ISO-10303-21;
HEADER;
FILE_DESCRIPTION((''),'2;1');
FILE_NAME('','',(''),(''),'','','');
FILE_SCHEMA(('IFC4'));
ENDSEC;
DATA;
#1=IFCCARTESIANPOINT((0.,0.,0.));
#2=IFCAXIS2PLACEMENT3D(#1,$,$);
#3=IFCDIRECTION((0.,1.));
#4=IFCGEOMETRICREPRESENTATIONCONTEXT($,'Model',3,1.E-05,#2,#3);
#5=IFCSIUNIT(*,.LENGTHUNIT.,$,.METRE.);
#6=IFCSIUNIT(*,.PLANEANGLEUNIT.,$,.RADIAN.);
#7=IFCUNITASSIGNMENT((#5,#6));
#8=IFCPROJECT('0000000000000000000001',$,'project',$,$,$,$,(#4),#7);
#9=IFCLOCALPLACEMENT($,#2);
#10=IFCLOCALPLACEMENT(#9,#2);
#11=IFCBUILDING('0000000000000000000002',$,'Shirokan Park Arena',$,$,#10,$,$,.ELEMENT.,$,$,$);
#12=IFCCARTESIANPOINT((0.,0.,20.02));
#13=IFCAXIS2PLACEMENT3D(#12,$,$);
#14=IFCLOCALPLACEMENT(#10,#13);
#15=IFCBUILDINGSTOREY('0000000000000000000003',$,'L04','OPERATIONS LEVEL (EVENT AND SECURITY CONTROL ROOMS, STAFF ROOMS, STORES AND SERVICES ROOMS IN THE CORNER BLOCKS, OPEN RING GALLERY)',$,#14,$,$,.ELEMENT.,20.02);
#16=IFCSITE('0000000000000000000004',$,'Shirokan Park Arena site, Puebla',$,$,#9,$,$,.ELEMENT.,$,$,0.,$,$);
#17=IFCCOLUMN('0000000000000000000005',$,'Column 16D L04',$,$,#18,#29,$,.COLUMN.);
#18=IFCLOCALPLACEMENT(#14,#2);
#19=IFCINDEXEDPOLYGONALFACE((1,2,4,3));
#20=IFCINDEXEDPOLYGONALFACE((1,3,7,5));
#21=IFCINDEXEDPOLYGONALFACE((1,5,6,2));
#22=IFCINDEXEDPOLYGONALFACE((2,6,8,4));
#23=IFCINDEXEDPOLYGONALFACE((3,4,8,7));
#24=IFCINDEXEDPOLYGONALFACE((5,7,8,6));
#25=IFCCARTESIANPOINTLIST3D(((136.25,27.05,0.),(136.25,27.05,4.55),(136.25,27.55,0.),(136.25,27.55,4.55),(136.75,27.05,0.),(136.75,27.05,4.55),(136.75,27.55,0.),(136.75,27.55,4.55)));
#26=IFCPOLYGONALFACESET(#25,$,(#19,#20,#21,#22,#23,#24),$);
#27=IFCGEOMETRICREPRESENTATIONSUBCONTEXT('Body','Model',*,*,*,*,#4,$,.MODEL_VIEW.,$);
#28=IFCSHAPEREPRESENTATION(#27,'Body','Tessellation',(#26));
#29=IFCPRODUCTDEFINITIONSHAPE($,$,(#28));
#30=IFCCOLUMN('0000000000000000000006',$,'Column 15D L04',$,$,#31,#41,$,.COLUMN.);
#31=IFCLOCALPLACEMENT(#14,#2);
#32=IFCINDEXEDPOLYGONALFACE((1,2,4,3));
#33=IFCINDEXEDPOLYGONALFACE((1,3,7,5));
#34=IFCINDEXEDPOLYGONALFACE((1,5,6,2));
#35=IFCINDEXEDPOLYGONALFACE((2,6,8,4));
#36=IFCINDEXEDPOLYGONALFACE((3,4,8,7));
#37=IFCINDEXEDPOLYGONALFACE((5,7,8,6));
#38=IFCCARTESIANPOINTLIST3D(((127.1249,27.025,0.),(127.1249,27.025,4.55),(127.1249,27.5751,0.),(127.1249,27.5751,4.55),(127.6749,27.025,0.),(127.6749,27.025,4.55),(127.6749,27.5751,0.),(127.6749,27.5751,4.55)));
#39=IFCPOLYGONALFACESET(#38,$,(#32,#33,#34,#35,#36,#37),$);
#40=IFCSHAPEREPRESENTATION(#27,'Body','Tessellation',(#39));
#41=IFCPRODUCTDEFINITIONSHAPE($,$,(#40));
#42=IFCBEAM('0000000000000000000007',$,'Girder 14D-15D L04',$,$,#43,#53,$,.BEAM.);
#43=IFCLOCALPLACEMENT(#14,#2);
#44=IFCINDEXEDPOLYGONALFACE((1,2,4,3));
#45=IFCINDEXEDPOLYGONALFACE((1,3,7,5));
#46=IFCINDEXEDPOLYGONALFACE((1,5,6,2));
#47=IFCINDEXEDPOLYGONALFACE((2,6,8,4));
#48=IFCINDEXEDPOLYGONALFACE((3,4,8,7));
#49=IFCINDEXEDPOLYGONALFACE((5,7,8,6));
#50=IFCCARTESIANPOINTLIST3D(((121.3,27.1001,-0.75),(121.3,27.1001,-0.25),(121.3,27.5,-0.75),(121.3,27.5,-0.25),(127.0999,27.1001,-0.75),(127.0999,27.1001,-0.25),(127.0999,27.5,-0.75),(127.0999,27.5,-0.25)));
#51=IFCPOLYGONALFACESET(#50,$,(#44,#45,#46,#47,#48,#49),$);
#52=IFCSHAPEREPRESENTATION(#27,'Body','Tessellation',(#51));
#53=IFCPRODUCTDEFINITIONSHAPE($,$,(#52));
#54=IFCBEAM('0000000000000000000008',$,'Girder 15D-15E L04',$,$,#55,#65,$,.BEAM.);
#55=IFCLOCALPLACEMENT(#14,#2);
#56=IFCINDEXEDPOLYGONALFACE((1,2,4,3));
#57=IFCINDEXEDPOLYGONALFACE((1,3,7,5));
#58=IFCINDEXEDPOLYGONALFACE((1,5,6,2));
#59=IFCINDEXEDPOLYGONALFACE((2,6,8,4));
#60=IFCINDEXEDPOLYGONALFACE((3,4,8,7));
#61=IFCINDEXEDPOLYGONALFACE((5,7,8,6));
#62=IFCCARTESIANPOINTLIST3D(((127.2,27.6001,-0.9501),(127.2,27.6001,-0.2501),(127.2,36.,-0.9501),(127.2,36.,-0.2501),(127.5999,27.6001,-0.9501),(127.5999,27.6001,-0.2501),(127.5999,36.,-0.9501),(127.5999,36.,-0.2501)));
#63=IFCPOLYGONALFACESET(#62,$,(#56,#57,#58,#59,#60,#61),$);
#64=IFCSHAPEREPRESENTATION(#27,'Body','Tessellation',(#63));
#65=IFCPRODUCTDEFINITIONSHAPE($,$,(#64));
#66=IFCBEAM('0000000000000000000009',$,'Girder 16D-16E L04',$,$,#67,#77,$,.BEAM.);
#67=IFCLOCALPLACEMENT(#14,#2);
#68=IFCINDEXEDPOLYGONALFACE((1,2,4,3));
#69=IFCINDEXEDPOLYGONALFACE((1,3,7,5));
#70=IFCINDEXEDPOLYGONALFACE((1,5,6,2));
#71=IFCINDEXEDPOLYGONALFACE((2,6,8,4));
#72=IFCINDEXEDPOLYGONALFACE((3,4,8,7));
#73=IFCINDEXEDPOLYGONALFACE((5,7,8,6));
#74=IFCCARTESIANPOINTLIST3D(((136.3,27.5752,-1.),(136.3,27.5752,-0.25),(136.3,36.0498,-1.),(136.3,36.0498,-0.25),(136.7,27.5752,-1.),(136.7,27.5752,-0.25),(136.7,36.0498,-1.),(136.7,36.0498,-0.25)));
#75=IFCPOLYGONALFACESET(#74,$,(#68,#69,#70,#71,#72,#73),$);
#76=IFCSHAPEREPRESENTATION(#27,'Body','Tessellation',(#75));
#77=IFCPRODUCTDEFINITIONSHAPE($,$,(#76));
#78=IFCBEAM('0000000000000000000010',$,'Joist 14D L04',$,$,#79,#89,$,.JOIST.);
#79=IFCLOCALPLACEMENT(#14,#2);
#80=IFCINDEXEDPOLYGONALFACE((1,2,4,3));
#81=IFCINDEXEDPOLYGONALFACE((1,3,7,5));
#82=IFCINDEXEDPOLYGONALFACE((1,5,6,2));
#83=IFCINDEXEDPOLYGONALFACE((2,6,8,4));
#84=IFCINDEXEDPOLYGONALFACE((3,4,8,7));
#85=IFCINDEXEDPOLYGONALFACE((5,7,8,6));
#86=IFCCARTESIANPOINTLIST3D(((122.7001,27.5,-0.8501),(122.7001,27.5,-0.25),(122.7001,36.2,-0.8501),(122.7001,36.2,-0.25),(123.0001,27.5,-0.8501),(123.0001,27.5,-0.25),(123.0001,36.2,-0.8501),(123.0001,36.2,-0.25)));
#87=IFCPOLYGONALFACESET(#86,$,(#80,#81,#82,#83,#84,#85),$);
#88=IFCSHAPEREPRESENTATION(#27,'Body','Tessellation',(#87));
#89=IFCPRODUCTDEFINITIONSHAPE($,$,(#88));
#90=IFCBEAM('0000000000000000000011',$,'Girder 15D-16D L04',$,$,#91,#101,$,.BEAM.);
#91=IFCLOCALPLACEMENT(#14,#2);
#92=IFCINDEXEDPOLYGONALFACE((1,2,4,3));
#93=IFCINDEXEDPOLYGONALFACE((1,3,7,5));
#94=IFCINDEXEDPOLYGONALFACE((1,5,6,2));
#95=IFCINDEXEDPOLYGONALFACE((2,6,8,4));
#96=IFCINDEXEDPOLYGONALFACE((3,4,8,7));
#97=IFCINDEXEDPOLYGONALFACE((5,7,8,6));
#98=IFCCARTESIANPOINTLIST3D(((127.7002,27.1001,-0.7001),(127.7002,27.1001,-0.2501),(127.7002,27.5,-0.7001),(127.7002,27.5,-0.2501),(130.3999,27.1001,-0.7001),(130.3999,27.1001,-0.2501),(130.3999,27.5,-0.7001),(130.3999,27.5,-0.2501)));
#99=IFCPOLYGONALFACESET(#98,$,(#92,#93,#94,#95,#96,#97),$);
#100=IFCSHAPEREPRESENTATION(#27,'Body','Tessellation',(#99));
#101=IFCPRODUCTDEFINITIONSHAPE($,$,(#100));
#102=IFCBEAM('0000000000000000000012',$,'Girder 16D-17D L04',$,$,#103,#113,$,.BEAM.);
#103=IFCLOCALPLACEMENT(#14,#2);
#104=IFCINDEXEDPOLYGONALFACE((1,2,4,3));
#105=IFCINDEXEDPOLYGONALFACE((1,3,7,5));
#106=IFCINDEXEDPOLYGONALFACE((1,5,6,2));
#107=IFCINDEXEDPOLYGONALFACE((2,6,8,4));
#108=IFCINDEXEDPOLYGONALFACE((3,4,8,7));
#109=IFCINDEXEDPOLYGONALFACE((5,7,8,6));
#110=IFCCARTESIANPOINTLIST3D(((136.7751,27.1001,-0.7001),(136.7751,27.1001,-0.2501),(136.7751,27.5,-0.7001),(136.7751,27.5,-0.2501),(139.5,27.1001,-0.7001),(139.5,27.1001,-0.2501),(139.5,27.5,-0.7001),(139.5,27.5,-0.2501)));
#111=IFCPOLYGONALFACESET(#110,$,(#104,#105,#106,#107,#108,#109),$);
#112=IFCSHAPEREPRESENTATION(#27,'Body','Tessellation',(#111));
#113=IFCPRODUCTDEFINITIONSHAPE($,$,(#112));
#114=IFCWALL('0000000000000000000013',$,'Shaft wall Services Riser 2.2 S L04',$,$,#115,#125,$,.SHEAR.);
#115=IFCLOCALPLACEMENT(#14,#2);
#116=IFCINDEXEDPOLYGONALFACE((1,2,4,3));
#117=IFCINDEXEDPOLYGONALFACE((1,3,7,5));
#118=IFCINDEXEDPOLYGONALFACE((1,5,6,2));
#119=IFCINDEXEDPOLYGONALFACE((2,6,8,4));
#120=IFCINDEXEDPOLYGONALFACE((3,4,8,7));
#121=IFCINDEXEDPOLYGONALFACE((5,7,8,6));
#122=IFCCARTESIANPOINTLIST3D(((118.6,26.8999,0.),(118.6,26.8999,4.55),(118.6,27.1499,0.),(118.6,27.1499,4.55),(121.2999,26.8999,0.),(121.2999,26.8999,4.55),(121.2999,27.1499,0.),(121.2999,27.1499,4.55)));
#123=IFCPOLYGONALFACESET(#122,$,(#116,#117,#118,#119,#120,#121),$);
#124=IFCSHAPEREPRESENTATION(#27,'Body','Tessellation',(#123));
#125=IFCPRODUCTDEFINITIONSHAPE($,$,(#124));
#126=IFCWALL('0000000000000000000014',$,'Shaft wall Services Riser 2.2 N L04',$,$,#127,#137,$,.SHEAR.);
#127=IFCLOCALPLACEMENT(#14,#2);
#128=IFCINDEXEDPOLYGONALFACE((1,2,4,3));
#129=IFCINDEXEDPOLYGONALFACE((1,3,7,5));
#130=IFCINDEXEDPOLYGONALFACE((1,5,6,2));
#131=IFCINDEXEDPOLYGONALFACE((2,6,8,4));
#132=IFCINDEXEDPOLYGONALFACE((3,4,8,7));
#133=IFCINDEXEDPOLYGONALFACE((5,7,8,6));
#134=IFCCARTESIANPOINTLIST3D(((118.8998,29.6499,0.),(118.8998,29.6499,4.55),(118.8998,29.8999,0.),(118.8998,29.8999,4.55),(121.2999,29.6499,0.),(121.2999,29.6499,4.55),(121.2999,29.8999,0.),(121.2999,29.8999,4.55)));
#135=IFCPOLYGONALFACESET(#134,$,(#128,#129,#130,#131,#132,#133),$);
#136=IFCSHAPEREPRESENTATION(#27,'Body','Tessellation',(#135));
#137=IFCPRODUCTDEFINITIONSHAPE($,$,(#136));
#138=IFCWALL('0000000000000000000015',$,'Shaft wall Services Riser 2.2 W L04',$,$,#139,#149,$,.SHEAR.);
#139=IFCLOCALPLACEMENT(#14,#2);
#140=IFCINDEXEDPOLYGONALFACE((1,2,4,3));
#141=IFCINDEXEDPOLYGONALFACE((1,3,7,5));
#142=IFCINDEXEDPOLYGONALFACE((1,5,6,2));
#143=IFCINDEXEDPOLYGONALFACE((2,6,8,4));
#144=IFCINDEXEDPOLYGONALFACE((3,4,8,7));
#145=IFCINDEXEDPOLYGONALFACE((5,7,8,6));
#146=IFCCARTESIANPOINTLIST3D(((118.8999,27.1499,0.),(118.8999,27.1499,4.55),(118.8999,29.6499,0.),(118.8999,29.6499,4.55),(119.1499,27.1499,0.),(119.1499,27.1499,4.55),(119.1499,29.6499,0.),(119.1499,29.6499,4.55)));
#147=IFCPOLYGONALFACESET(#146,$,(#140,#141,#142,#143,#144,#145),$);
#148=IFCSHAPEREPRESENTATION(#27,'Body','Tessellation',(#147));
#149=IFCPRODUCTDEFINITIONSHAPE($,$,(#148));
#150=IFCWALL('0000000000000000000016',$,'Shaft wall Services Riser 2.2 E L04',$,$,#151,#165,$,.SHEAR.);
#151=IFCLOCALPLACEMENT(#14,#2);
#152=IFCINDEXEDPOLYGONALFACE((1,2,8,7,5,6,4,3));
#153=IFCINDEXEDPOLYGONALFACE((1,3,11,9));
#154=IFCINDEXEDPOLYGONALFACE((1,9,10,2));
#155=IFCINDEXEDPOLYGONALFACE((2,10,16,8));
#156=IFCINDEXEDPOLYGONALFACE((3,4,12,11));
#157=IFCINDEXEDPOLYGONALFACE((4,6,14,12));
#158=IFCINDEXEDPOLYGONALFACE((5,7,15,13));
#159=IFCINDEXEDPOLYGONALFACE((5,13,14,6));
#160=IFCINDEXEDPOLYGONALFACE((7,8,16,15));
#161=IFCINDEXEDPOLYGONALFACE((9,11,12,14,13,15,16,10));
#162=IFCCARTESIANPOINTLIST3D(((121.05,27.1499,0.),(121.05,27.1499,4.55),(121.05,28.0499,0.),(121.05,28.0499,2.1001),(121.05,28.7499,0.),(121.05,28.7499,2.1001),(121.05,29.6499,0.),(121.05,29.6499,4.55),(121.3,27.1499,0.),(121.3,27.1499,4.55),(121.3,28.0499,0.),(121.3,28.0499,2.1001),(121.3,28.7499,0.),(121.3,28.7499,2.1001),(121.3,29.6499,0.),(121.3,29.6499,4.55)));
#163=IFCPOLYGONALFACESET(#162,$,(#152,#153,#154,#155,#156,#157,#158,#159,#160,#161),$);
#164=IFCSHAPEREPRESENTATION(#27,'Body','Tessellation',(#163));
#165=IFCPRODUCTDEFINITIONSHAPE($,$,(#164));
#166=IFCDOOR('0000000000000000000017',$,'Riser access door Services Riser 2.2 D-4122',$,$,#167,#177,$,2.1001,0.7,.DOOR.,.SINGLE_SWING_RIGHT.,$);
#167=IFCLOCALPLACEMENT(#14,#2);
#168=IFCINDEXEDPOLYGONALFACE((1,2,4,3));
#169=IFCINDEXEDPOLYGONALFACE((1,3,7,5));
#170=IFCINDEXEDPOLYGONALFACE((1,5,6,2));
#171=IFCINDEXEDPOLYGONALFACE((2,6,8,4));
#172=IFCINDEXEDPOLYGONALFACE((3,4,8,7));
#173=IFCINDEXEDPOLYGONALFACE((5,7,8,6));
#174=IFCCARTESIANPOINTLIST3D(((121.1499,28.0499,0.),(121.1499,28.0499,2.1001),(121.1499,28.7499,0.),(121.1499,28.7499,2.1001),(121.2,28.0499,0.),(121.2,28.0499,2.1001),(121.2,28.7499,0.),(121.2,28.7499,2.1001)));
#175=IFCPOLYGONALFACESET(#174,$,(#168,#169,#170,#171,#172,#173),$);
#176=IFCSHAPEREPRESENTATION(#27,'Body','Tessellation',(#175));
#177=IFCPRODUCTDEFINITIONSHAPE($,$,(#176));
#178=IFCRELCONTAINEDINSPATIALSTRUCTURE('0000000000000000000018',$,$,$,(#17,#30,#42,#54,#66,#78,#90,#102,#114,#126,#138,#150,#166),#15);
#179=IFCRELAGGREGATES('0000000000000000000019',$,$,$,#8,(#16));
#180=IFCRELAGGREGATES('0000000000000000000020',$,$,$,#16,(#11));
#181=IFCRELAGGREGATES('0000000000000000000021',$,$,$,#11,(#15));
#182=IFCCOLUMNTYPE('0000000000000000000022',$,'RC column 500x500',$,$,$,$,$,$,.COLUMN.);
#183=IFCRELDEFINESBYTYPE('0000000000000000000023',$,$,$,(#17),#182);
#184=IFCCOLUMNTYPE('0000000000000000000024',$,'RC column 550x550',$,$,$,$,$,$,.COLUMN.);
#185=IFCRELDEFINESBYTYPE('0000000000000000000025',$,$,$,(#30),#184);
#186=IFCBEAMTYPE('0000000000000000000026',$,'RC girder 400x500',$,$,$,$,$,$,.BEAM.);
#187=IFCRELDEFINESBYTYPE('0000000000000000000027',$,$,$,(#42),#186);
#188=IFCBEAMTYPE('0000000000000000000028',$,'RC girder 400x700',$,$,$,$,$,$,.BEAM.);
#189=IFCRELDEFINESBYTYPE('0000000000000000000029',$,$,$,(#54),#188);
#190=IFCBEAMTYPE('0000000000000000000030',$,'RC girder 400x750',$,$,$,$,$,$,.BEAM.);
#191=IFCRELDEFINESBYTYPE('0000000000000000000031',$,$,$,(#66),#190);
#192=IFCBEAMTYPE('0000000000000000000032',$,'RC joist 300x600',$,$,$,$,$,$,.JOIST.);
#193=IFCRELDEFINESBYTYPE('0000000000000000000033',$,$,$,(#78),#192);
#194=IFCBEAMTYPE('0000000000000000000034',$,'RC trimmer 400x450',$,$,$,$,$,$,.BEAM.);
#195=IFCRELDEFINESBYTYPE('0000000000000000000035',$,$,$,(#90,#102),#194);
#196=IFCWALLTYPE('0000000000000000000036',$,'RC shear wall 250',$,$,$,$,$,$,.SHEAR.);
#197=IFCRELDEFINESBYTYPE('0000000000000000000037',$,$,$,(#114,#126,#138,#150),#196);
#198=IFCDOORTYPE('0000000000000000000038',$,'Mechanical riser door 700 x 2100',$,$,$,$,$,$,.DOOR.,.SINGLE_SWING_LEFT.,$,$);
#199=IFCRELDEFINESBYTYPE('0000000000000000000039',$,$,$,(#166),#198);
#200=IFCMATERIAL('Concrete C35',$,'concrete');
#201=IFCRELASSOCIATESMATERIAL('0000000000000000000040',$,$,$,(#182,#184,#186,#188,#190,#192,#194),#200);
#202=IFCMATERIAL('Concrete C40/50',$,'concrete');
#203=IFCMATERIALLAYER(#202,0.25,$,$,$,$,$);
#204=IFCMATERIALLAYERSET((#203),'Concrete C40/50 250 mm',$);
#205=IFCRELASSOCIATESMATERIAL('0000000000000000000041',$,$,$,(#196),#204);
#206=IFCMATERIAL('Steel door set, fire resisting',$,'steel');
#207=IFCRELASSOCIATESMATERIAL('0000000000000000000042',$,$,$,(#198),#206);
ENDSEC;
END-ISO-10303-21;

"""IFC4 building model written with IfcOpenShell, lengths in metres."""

from ifc_helpers import new_model, si_unit, direction, frame, frame_2d, origin, origin_2d, place, context, subcontext, project, spatial, rectangle, extrude, material, layer, layer_set, material_profile, profile_set, type_object, element, fill, save


model = new_model("IFC4")

# Units and contexts
model_context = context("Model", 3, precision=1e-05, world=origin(), true_north=direction((0.0, 1.0)))
body_context = subcontext(model_context, "Body", "Model", "MODEL_VIEW")
ifc_project = project(units=[si_unit("LENGTHUNIT", "METRE"), si_unit("PLANEANGLEUNIT", "RADIAN")], contexts=[model_context])

# Site, building, storey
site_placement = place(None, origin())
site = spatial("IfcSite", under=ifc_project, at=site_placement, Name="Shirokan Park Arena site, Puebla", CompositionType="ELEMENT", RefElevation=0.0)
building_placement = place(site_placement, origin())
building = spatial("IfcBuilding", under=site, at=building_placement, Name="Shirokan Park Arena", CompositionType="ELEMENT")
storey_placement = place(building_placement, frame((0.0, 0.0, 20.02)))
storey = spatial("IfcBuildingStorey", under=building, at=storey_placement, Name="L04", Description="OPERATIONS LEVEL (EVENT AND SECURITY CONTROL ROOMS, STAFF ROOMS, STORES AND SERVICES ROOMS IN THE CORNER BLOCKS, OPEN RING GALLERY)", CompositionType="ELEMENT", Elevation=20.02)

# Columns
ifc_material_1 = material(Name="Concrete C35", Category="concrete")
ifc_material_profile_1 = material_profile(ifc_material_1, rectangle(XDim=0.5, YDim=0.5, at=origin_2d()), Name="500x500")
ifc_profile_set_1 = profile_set([ifc_material_profile_1], Name="Concrete C35")
column_type_1 = type_object("IfcColumnType", Name="RC column 500x500", PredefinedType="COLUMN", material=ifc_profile_set_1)
column_1_placement = place(storey_placement, frame((136.5, 27.3, 0.0), z_axis=(0.0, 0.0, 1.0), x_axis=(1.0, 0.0, 0.0)))
element("IfcColumn", 1, at=column_1_placement, inside=storey, type_object=column_type_1, Name="Column 16D L04", PredefinedType="COLUMN", context=body_context, shape_type="SweptSolid", body=[
    extrude(rectangle(XDim=0.5, YDim=0.5, at=origin_2d()), origin(), (0.0, 0.0, 1.0), 4.55),
])
ifc_material_profile_2 = material_profile(ifc_material_1, rectangle(XDim=0.55, YDim=0.55, at=origin_2d()), Name="550x550")
ifc_profile_set_2 = profile_set([ifc_material_profile_2], Name="Concrete C35")
column_type_2 = type_object("IfcColumnType", Name="RC column 550x550", PredefinedType="COLUMN", material=ifc_profile_set_2)
column_2_placement = place(storey_placement, frame((127.3999, 27.3, 0.0), z_axis=(0.0, 0.0, 1.0), x_axis=(1.0, 0.0, 0.0)))
element("IfcColumn", 2, at=column_2_placement, inside=storey, type_object=column_type_2, Name="Column 15D L04", PredefinedType="COLUMN", context=body_context, shape_type="SweptSolid", body=[
    extrude(rectangle(XDim=0.55, YDim=0.55, at=origin_2d()), origin(), (0.0, 0.0, 1.0), 4.55),
])

# Beams
ifc_material_profile_3 = material_profile(ifc_material_1, rectangle(XDim=0.3999, YDim=0.5, at=origin_2d()), Name="400x500")
ifc_profile_set_3 = profile_set([ifc_material_profile_3], Name="Concrete C35")
beam_type_1 = type_object("IfcBeamType", Name="RC girder 400x500", PredefinedType="BEAM", material=ifc_profile_set_3)
beam_1_placement = place(storey_placement, frame((121.3, 27.3, -0.5), z_axis=(1.0, 0.0, 0.0), x_axis=(0.0, 1.0, 0.0)))
element("IfcBeam", 3, at=beam_1_placement, inside=storey, type_object=beam_type_1, Name="Girder 14D-15D L04", PredefinedType="BEAM", context=body_context, shape_type="SweptSolid", body=[
    extrude(rectangle(XDim=0.3999, YDim=0.5, at=origin_2d()), origin(), (0.0, 0.0, 1.0), 5.7998),
])
ifc_material_profile_4 = material_profile(ifc_material_1, rectangle(XDim=0.3999, YDim=0.7, at=origin_2d()), Name="400x700")
ifc_profile_set_4 = profile_set([ifc_material_profile_4], Name="Concrete C35")
beam_type_2 = type_object("IfcBeamType", Name="RC girder 400x700", PredefinedType="BEAM", material=ifc_profile_set_4)
beam_2_placement = place(storey_placement, frame((127.3999, 27.6001, -0.6001), z_axis=(0.0, 1.0, 0.0), x_axis=(-1.0, 0.0, 0.0)))
element("IfcBeam", 4, at=beam_2_placement, inside=storey, type_object=beam_type_2, Name="Girder 15D-15E L04", PredefinedType="BEAM", context=body_context, shape_type="SweptSolid", body=[
    extrude(rectangle(XDim=0.3999, YDim=0.7, at=origin_2d()), origin(), (0.0, 0.0, 1.0), 8.3999),
])
ifc_material_profile_5 = material_profile(ifc_material_1, rectangle(XDim=0.3999, YDim=0.75, at=origin_2d()), Name="400x750")
ifc_profile_set_5 = profile_set([ifc_material_profile_5], Name="Concrete C35")
beam_type_3 = type_object("IfcBeamType", Name="RC girder 400x750", PredefinedType="BEAM", material=ifc_profile_set_5)
beam_3_placement = place(storey_placement, frame((136.5, 27.5752, -0.625), z_axis=(0.0, 1.0, 0.0), x_axis=(-1.0, 0.0, 0.0)))
element("IfcBeam", 5, at=beam_3_placement, inside=storey, type_object=beam_type_3, Name="Girder 16D-16E L04", PredefinedType="BEAM", context=body_context, shape_type="SweptSolid", body=[
    extrude(rectangle(XDim=0.3999, YDim=0.75, at=origin_2d()), origin(), (0.0, 0.0, 1.0), 8.4746),
])
ifc_material_profile_6 = material_profile(ifc_material_1, rectangle(XDim=0.3, YDim=0.6001, at=origin_2d()), Name="300x600")
ifc_profile_set_6 = profile_set([ifc_material_profile_6], Name="Concrete C35")
beam_type_4 = type_object("IfcBeamType", Name="RC joist 300x600", PredefinedType="JOIST", material=ifc_profile_set_6)
beam_4_placement = place(storey_placement, frame((122.8501, 27.5, -0.55), z_axis=(0.0, 1.0, 0.0), x_axis=(-1.0, 0.0, 0.0)))
element("IfcBeam", 6, at=beam_4_placement, inside=storey, type_object=beam_type_4, Name="Joist 14D L04", PredefinedType="JOIST", context=body_context, shape_type="SweptSolid", body=[
    extrude(rectangle(XDim=0.3, YDim=0.6001, at=origin_2d()), origin(), (0.0, 0.0, 1.0), 8.7),
])
ifc_material_profile_7 = material_profile(ifc_material_1, rectangle(XDim=0.3999, YDim=0.45, at=origin_2d()), Name="400x450")
ifc_profile_set_7 = profile_set([ifc_material_profile_7], Name="Concrete C35")
beam_type_5 = type_object("IfcBeamType", Name="RC trimmer 400x450", PredefinedType="BEAM", material=ifc_profile_set_7)
beam_5_placement = place(storey_placement, frame((127.7002, 27.3, -0.4751), z_axis=(1.0, 0.0, 0.0), x_axis=(0.0, 1.0, 0.0)))
element("IfcBeam", 7, at=beam_5_placement, inside=storey, type_object=beam_type_5, Name="Girder 15D-16D L04", PredefinedType="BEAM", context=body_context, shape_type="SweptSolid", body=[
    extrude(rectangle(XDim=0.3999, YDim=0.45, at=origin_2d()), origin(), (0.0, 0.0, 1.0), 2.6997),
])
beam_6_placement = place(storey_placement, frame((136.7751, 27.3, -0.4751), z_axis=(1.0, 0.0, 0.0), x_axis=(0.0, 1.0, 0.0)))
element("IfcBeam", 8, at=beam_6_placement, inside=storey, type_object=beam_type_5, Name="Girder 16D-17D L04", PredefinedType="BEAM", context=body_context, shape_type="SweptSolid", body=[
    extrude(rectangle(XDim=0.3999, YDim=0.45, at=origin_2d()), origin(), (0.0, 0.0, 1.0), 2.7249),
])

# Shared definitions
ifc_material_2 = material(Name="Steel door set, fire resisting", Category="steel")

# Walls
ifc_material_3 = material(Name="Concrete C40/50", Category="concrete")
ifc_layer_1 = layer(ifc_material_3, 0.25)
ifc_layer_set_1 = layer_set([ifc_layer_1], Name="Concrete C40/50 250 mm")
wall_type_1 = type_object("IfcWallType", Name="RC shear wall 250", PredefinedType="SHEAR", material=ifc_layer_set_1)
wall_1_placement = place(storey_placement, frame((121.3, 27.0249, 0.0), z_axis=(0.0, 0.0, 1.0), x_axis=(-1.0, 0.0, 0.0)))
element("IfcWall", 9, at=wall_1_placement, inside=storey, type_object=wall_type_1, Name="Shaft wall Services Riser 2.2 S L04", PredefinedType="SHEAR", context=body_context, shape_type="SweptSolid", body=[
    extrude(rectangle(XDim=2.7, YDim=0.25, at=frame_2d((1.3501, 0.0))), origin(), (0.0, 0.0, 1.0), 4.55),
])
wall_2_placement = place(storey_placement, frame((121.3, 29.7749, 0.0), z_axis=(0.0, 0.0, 1.0), x_axis=(-1.0, 0.0, 0.0)))
element("IfcWall", 10, at=wall_2_placement, inside=storey, type_object=wall_type_1, Name="Shaft wall Services Riser 2.2 N L04", PredefinedType="SHEAR", context=body_context, shape_type="SweptSolid", body=[
    extrude(rectangle(XDim=2.4001, YDim=0.25, at=frame_2d((1.2002, 0.0))), origin(), (0.0, 0.0, 1.0), 4.55),
])
wall_3_placement = place(storey_placement, frame((119.0249, 29.6499, 0.0), z_axis=(0.0, 0.0, 1.0), x_axis=(0.0, -1.0, 0.0)))
element("IfcWall", 11, at=wall_3_placement, inside=storey, type_object=wall_type_1, Name="Shaft wall Services Riser 2.2 W L04", PredefinedType="SHEAR", context=body_context, shape_type="SweptSolid", body=[
    extrude(rectangle(XDim=2.5, YDim=0.25, at=frame_2d((1.25, 0.0))), origin(), (0.0, 0.0, 1.0), 4.55),
])

# Wall, opening, door
wall_4_placement = place(storey_placement, frame((121.175, 29.6499, 0.0), z_axis=(0.0, 0.0, 1.0), x_axis=(0.0, -1.0, 0.0)))
wall_4 = element("IfcWall", 12, at=wall_4_placement, inside=storey, type_object=wall_type_1, Name="Shaft wall Services Riser 2.2 E L04", PredefinedType="SHEAR", context=body_context, shape_type="SweptSolid", body=[
    extrude(rectangle(XDim=2.5, YDim=0.25, at=frame_2d((1.25, 0.0))), origin(), (0.0, 0.0, 1.0), 4.55),
])
opening_1_placement = place(wall_4_placement, frame((0.8999, 0.0, 0.0)))
opening_1 = element("IfcOpeningElement", 13, at=opening_1_placement, cuts=wall_4, PredefinedType="OPENING", context=body_context, shape_type="SweptSolid", body=[
    extrude(rectangle(XDim=0.7, YDim=2.1001, at=frame_2d((0.3501, 1.05))), frame((0.0, 0.135, 0.0), z_axis=(0.0, -1.0, 0.0), x_axis=(1.0, 0.0, 0.0)), (0.0, 0.0, 1.0), 0.27),
])
door_type_1 = type_object("IfcDoorType", Name="Mechanical riser door 700 x 2100", OperationType="SINGLE_SWING_LEFT", PredefinedType="DOOR", material=ifc_material_2)
door_1_placement = place(opening_1_placement, origin())
door_1 = element("IfcDoor", 14, at=door_1_placement, inside=storey, type_object=door_type_1, Name="Riser access door Services Riser 2.2 D-4122", OperationType="SINGLE_SWING_RIGHT", OverallHeight=2.1001, OverallWidth=0.7, PredefinedType="DOOR", context=body_context, shape_type="SweptSolid", body=[
    extrude(rectangle(XDim=0.7, YDim=2.1001, at=frame_2d((0.3501, 1.05))), frame((0.0, 0.0249, 0.0), z_axis=(0.0, -1.0, 0.0), x_axis=(1.0, 0.0, 0.0)), (0.0, 0.0, 1.0), 0.05),
])
fill(opening_1, door_1)

save(model, "model.ifc")
